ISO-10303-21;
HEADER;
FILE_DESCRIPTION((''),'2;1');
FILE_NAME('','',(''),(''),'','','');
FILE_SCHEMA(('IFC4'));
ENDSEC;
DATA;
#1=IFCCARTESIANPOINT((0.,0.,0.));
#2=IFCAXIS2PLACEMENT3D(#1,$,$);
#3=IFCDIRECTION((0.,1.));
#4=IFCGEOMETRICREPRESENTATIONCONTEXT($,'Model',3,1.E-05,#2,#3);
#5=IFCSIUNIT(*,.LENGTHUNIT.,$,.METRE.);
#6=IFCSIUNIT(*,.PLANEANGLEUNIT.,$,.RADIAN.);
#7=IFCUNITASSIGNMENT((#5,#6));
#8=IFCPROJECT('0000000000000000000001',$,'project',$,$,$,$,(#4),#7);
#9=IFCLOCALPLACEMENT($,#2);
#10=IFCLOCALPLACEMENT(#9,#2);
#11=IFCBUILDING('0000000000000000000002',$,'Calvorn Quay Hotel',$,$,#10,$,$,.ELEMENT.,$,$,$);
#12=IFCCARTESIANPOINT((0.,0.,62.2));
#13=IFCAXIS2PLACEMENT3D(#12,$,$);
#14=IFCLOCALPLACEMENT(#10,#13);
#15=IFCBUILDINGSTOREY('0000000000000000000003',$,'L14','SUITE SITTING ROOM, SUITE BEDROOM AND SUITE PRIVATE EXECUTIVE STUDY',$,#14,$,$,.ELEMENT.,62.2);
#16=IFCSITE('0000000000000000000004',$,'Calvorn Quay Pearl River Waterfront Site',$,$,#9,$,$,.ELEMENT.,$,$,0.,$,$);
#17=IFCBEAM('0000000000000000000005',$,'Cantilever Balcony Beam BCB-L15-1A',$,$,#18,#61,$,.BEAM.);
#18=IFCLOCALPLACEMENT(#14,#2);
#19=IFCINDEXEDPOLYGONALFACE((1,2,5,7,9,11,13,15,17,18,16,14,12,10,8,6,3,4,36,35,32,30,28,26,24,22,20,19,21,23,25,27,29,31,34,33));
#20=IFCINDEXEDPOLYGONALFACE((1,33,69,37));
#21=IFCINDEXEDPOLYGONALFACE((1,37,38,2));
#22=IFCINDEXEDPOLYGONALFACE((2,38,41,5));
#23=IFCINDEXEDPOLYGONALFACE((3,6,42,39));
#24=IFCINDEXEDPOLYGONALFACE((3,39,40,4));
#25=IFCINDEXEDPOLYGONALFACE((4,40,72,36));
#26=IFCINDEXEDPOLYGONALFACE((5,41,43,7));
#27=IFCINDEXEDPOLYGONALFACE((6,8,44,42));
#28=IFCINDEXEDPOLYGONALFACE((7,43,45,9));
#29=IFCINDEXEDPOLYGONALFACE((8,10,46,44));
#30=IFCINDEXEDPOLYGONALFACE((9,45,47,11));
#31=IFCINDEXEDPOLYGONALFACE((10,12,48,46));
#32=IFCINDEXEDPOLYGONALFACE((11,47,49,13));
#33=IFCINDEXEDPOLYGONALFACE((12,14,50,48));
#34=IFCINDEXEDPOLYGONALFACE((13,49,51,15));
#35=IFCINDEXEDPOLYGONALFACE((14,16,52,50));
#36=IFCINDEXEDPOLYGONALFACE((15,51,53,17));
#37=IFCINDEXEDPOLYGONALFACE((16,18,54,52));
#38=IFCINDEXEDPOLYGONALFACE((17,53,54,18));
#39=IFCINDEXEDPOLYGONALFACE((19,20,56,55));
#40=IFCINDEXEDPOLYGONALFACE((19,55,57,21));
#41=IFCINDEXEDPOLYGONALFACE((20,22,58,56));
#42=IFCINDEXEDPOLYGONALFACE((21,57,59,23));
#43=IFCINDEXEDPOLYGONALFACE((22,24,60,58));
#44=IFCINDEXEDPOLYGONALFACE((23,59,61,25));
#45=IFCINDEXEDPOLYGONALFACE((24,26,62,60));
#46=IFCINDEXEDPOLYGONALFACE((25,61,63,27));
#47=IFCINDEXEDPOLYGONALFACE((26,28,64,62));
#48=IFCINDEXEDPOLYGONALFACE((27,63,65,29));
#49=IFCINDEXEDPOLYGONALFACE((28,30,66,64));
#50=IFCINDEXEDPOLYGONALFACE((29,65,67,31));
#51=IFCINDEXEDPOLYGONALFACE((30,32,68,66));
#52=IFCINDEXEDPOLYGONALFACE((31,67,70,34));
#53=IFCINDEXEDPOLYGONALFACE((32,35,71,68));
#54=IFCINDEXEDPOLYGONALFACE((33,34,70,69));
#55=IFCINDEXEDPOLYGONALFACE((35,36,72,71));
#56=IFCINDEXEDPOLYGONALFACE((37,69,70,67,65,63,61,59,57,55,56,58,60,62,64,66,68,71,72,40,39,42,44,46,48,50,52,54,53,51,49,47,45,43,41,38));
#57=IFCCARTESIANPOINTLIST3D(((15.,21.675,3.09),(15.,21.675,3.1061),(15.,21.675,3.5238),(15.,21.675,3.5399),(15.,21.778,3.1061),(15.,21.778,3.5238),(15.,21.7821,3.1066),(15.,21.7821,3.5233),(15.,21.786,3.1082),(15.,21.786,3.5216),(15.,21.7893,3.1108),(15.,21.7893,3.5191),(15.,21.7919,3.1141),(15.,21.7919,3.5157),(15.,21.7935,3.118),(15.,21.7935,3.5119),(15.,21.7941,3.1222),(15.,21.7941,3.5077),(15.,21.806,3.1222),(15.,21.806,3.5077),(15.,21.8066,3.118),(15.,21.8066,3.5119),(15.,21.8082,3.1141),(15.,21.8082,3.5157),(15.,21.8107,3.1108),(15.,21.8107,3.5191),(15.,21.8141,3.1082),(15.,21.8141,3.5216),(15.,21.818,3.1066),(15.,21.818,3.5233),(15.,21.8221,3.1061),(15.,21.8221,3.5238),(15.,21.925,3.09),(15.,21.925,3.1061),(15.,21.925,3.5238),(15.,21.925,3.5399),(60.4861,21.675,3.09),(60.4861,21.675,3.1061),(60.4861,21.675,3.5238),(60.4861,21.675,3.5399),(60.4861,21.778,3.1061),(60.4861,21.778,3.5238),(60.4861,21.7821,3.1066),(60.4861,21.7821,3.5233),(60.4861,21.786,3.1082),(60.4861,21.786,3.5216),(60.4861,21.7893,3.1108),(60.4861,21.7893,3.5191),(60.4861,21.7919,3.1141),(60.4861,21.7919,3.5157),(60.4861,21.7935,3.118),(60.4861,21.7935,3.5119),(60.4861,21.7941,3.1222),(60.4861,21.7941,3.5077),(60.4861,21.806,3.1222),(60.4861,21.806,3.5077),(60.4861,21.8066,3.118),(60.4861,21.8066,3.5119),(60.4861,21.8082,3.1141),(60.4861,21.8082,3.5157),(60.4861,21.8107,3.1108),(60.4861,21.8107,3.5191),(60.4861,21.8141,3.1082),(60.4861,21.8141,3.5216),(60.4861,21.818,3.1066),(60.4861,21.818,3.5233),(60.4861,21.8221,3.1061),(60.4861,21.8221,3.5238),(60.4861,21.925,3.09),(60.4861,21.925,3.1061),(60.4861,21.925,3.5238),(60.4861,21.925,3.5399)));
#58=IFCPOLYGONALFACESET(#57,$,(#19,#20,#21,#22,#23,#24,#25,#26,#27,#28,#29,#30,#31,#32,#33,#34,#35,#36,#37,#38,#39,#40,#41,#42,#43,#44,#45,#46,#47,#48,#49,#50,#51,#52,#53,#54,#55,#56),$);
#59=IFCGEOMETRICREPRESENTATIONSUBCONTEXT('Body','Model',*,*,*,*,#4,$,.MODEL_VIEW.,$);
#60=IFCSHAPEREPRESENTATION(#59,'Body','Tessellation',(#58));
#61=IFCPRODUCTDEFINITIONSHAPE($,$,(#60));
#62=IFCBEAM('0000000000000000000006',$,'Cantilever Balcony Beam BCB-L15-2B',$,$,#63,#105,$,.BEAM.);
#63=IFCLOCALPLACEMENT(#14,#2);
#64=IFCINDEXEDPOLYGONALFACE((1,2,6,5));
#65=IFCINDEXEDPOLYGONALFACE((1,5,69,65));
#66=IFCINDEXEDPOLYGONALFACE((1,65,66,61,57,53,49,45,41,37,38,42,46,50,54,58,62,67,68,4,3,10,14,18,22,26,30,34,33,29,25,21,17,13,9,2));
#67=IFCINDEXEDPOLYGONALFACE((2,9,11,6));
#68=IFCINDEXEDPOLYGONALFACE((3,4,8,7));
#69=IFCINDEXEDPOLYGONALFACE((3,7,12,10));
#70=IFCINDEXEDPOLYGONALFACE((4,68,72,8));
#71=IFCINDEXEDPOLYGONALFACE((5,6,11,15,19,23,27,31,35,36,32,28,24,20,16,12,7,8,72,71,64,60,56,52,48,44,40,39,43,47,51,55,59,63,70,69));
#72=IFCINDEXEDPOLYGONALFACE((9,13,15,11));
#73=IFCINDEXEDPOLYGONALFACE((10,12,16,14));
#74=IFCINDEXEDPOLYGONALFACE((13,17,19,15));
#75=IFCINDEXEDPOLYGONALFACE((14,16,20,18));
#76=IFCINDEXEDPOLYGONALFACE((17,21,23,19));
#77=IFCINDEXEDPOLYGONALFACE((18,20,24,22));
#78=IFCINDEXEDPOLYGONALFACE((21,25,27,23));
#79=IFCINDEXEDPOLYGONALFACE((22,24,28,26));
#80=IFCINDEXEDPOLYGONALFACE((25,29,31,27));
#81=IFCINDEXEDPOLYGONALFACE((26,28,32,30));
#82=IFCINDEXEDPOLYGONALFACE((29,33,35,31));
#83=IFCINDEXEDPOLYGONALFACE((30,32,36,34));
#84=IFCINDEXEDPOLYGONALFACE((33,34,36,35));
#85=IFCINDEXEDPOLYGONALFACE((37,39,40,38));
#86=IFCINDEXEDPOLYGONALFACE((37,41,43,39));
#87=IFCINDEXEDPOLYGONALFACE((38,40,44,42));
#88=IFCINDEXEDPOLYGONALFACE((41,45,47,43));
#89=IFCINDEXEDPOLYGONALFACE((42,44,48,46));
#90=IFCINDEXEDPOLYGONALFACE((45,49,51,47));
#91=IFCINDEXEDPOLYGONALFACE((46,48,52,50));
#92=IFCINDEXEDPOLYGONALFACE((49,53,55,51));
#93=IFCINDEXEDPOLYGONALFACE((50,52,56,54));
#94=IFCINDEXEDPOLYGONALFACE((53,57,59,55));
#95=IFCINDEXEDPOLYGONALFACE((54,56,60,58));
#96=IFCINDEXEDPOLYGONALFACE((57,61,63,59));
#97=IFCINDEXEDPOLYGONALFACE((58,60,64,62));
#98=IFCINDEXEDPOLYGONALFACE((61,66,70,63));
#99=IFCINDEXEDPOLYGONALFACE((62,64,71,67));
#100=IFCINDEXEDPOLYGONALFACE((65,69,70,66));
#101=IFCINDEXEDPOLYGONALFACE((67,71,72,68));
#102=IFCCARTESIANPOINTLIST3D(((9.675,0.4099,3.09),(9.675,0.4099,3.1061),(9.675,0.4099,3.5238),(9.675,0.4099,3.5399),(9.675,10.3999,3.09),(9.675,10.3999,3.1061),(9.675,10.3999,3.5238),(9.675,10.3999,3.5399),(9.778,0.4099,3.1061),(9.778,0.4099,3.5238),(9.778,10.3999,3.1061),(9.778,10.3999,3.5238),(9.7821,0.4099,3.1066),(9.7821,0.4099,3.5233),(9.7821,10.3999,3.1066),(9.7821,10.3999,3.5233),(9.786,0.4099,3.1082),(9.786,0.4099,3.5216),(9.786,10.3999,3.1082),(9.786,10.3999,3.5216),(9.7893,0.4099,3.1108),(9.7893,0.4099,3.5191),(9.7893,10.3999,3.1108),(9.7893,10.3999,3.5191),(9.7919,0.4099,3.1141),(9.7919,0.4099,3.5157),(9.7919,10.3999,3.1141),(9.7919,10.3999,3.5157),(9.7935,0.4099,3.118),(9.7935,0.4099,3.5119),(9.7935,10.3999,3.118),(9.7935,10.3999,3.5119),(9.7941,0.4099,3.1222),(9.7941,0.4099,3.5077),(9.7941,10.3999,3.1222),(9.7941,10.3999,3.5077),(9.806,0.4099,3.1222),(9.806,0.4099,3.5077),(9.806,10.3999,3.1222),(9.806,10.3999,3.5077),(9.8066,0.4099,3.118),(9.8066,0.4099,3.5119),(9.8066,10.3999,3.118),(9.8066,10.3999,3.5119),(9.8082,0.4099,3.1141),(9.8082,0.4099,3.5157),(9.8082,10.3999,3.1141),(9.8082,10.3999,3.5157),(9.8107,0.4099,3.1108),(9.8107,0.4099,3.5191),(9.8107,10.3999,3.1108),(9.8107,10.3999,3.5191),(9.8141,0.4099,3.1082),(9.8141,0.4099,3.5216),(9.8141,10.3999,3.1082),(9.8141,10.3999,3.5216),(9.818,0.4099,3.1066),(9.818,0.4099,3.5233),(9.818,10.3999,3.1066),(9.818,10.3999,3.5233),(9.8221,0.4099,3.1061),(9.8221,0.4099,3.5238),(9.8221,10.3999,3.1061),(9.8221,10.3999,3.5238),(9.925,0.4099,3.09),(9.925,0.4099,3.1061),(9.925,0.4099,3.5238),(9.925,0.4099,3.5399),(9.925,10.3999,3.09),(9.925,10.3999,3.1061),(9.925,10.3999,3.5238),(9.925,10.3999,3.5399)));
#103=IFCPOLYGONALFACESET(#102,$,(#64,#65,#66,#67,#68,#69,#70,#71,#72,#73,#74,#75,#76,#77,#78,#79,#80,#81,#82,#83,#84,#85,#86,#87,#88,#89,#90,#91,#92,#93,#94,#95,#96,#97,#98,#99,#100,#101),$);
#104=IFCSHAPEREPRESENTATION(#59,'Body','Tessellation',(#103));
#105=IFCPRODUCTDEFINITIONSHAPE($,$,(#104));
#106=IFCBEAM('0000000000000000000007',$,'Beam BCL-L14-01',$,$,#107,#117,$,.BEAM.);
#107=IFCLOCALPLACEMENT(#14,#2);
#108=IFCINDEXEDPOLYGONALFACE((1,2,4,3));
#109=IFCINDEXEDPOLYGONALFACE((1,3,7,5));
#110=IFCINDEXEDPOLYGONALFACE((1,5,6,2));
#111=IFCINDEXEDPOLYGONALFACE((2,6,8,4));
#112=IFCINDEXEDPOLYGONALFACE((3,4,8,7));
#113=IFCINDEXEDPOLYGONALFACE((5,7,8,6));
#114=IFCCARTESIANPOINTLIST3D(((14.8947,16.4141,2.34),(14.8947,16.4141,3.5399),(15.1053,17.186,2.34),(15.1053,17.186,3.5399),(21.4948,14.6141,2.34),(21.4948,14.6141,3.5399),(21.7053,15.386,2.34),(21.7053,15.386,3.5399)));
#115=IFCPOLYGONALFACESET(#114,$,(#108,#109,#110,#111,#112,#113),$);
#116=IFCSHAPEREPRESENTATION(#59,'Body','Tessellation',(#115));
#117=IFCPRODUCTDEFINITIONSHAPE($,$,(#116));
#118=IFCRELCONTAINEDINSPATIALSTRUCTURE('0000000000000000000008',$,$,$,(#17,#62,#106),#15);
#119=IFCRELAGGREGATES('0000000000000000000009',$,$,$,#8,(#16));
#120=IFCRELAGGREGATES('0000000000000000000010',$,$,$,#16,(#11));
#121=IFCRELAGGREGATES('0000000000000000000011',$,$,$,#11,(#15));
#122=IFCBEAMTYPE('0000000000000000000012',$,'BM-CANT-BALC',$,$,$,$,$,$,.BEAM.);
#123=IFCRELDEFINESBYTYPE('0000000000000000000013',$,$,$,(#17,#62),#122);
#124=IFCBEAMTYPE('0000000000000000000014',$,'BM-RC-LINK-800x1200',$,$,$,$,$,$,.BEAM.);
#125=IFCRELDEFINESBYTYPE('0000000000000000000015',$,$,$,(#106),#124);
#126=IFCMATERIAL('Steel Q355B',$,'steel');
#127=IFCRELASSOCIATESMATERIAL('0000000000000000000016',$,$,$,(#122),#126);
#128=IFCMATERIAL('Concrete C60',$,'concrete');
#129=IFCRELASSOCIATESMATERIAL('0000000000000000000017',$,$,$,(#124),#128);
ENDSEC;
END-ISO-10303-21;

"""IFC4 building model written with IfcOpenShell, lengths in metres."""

from ifc_helpers import new_model, si_unit, direction, frame, origin, origin_2d, place, context, subcontext, project, spatial, rectangle, i_section, extrude, material, material_profile, profile_set, type_object, element, save


model = new_model("IFC4")

# Units and contexts
model_context = context("Model", 3, precision=1e-05, world=origin(), true_north=direction((0.0, 1.0)))
body_context = subcontext(model_context, "Body", "Model", "MODEL_VIEW")
ifc_project = project(units=[si_unit("LENGTHUNIT", "METRE"), si_unit("PLANEANGLEUNIT", "RADIAN")], contexts=[model_context])

# Site, building, storey
site_placement = place(None, origin())
site = spatial("IfcSite", under=ifc_project, at=site_placement, Name="Calvorn Quay Pearl River Waterfront Site", CompositionType="ELEMENT", RefElevation=0.0)
building_placement = place(site_placement, origin())
building = spatial("IfcBuilding", under=site, at=building_placement, Name="Calvorn Quay Hotel", CompositionType="ELEMENT")
storey_placement = place(building_placement, frame((0.0, 0.0, 62.2)))
storey = spatial("IfcBuildingStorey", under=building, at=storey_placement, Name="L14", Description="SUITE SITTING ROOM, SUITE BEDROOM AND SUITE PRIVATE EXECUTIVE STUDY", CompositionType="ELEMENT", Elevation=62.2)

# Beams
ifc_material_1 = material(Name="Steel Q355B", Category="steel")
ifc_material_profile_1 = material_profile(ifc_material_1, i_section(OverallWidth=0.25, OverallDepth=0.45, WebThickness=0.012, FlangeThickness=0.0161, FilletRadius=0.0161, at=origin_2d()), Name="HN450x250x12x16")
ifc_profile_set_1 = profile_set([ifc_material_profile_1], Name="Steel Q355B")
beam_type_1 = type_object("IfcBeamType", Name="BM-CANT-BALC", PredefinedType="BEAM", material=ifc_profile_set_1)
beam_1_placement = place(storey_placement, frame((15.0, 21.8, 3.3149), z_axis=(1.0, 0.0, 0.0), x_axis=(0.0, 1.0, 0.0)))
element("IfcBeam", 1, at=beam_1_placement, inside=storey, type_object=beam_type_1, Name="Cantilever Balcony Beam BCB-L15-1A", PredefinedType="BEAM", context=body_context, shape_type="SweptSolid", body=[
    extrude(i_section(OverallWidth=0.25, OverallDepth=0.45, WebThickness=0.012, FlangeThickness=0.0161, FilletRadius=0.0161, at=origin_2d()), origin(), (0.0, 0.0, 1.0), 45.4861),
])
beam_2_placement = place(storey_placement, frame((9.8, 10.3999, 3.3149), z_axis=(0.0, -1.0, 0.0), x_axis=(1.0, 0.0, 0.0)))
element("IfcBeam", 2, at=beam_2_placement, inside=storey, type_object=beam_type_1, Name="Cantilever Balcony Beam BCB-L15-2B", PredefinedType="BEAM", context=body_context, shape_type="SweptSolid", body=[
    extrude(i_section(OverallWidth=0.25, OverallDepth=0.45, WebThickness=0.012, FlangeThickness=0.0161, FilletRadius=0.0161, at=origin_2d()), origin(), (0.0, 0.0, 1.0), 9.99),
])
ifc_material_2 = material(Name="Concrete C60", Category="concrete")
ifc_material_profile_2 = material_profile(ifc_material_2, rectangle(XDim=0.8, YDim=1.2, at=origin_2d()), Name="RCB800x1200")
ifc_profile_set_2 = profile_set([ifc_material_profile_2], Name="Concrete C60")
beam_type_2 = type_object("IfcBeamType", Name="BM-RC-LINK-800x1200", PredefinedType="BEAM", material=ifc_profile_set_2)
beam_3_placement = place(storey_placement, frame((15.0, 16.8, 2.9399), z_axis=(0.964763, -0.26312, 0.0), x_axis=(0.26312, 0.964763, 0.0)))
element("IfcBeam", 3, at=beam_3_placement, inside=storey, type_object=beam_type_2, Name="Beam BCL-L14-01", PredefinedType="BEAM", context=body_context, shape_type="SweptSolid", body=[
    extrude(rectangle(XDim=0.8, YDim=1.2, at=origin_2d()), origin(), (0.0, 0.0, 1.0), 6.8411),
])

save(model, "model.ifc")
